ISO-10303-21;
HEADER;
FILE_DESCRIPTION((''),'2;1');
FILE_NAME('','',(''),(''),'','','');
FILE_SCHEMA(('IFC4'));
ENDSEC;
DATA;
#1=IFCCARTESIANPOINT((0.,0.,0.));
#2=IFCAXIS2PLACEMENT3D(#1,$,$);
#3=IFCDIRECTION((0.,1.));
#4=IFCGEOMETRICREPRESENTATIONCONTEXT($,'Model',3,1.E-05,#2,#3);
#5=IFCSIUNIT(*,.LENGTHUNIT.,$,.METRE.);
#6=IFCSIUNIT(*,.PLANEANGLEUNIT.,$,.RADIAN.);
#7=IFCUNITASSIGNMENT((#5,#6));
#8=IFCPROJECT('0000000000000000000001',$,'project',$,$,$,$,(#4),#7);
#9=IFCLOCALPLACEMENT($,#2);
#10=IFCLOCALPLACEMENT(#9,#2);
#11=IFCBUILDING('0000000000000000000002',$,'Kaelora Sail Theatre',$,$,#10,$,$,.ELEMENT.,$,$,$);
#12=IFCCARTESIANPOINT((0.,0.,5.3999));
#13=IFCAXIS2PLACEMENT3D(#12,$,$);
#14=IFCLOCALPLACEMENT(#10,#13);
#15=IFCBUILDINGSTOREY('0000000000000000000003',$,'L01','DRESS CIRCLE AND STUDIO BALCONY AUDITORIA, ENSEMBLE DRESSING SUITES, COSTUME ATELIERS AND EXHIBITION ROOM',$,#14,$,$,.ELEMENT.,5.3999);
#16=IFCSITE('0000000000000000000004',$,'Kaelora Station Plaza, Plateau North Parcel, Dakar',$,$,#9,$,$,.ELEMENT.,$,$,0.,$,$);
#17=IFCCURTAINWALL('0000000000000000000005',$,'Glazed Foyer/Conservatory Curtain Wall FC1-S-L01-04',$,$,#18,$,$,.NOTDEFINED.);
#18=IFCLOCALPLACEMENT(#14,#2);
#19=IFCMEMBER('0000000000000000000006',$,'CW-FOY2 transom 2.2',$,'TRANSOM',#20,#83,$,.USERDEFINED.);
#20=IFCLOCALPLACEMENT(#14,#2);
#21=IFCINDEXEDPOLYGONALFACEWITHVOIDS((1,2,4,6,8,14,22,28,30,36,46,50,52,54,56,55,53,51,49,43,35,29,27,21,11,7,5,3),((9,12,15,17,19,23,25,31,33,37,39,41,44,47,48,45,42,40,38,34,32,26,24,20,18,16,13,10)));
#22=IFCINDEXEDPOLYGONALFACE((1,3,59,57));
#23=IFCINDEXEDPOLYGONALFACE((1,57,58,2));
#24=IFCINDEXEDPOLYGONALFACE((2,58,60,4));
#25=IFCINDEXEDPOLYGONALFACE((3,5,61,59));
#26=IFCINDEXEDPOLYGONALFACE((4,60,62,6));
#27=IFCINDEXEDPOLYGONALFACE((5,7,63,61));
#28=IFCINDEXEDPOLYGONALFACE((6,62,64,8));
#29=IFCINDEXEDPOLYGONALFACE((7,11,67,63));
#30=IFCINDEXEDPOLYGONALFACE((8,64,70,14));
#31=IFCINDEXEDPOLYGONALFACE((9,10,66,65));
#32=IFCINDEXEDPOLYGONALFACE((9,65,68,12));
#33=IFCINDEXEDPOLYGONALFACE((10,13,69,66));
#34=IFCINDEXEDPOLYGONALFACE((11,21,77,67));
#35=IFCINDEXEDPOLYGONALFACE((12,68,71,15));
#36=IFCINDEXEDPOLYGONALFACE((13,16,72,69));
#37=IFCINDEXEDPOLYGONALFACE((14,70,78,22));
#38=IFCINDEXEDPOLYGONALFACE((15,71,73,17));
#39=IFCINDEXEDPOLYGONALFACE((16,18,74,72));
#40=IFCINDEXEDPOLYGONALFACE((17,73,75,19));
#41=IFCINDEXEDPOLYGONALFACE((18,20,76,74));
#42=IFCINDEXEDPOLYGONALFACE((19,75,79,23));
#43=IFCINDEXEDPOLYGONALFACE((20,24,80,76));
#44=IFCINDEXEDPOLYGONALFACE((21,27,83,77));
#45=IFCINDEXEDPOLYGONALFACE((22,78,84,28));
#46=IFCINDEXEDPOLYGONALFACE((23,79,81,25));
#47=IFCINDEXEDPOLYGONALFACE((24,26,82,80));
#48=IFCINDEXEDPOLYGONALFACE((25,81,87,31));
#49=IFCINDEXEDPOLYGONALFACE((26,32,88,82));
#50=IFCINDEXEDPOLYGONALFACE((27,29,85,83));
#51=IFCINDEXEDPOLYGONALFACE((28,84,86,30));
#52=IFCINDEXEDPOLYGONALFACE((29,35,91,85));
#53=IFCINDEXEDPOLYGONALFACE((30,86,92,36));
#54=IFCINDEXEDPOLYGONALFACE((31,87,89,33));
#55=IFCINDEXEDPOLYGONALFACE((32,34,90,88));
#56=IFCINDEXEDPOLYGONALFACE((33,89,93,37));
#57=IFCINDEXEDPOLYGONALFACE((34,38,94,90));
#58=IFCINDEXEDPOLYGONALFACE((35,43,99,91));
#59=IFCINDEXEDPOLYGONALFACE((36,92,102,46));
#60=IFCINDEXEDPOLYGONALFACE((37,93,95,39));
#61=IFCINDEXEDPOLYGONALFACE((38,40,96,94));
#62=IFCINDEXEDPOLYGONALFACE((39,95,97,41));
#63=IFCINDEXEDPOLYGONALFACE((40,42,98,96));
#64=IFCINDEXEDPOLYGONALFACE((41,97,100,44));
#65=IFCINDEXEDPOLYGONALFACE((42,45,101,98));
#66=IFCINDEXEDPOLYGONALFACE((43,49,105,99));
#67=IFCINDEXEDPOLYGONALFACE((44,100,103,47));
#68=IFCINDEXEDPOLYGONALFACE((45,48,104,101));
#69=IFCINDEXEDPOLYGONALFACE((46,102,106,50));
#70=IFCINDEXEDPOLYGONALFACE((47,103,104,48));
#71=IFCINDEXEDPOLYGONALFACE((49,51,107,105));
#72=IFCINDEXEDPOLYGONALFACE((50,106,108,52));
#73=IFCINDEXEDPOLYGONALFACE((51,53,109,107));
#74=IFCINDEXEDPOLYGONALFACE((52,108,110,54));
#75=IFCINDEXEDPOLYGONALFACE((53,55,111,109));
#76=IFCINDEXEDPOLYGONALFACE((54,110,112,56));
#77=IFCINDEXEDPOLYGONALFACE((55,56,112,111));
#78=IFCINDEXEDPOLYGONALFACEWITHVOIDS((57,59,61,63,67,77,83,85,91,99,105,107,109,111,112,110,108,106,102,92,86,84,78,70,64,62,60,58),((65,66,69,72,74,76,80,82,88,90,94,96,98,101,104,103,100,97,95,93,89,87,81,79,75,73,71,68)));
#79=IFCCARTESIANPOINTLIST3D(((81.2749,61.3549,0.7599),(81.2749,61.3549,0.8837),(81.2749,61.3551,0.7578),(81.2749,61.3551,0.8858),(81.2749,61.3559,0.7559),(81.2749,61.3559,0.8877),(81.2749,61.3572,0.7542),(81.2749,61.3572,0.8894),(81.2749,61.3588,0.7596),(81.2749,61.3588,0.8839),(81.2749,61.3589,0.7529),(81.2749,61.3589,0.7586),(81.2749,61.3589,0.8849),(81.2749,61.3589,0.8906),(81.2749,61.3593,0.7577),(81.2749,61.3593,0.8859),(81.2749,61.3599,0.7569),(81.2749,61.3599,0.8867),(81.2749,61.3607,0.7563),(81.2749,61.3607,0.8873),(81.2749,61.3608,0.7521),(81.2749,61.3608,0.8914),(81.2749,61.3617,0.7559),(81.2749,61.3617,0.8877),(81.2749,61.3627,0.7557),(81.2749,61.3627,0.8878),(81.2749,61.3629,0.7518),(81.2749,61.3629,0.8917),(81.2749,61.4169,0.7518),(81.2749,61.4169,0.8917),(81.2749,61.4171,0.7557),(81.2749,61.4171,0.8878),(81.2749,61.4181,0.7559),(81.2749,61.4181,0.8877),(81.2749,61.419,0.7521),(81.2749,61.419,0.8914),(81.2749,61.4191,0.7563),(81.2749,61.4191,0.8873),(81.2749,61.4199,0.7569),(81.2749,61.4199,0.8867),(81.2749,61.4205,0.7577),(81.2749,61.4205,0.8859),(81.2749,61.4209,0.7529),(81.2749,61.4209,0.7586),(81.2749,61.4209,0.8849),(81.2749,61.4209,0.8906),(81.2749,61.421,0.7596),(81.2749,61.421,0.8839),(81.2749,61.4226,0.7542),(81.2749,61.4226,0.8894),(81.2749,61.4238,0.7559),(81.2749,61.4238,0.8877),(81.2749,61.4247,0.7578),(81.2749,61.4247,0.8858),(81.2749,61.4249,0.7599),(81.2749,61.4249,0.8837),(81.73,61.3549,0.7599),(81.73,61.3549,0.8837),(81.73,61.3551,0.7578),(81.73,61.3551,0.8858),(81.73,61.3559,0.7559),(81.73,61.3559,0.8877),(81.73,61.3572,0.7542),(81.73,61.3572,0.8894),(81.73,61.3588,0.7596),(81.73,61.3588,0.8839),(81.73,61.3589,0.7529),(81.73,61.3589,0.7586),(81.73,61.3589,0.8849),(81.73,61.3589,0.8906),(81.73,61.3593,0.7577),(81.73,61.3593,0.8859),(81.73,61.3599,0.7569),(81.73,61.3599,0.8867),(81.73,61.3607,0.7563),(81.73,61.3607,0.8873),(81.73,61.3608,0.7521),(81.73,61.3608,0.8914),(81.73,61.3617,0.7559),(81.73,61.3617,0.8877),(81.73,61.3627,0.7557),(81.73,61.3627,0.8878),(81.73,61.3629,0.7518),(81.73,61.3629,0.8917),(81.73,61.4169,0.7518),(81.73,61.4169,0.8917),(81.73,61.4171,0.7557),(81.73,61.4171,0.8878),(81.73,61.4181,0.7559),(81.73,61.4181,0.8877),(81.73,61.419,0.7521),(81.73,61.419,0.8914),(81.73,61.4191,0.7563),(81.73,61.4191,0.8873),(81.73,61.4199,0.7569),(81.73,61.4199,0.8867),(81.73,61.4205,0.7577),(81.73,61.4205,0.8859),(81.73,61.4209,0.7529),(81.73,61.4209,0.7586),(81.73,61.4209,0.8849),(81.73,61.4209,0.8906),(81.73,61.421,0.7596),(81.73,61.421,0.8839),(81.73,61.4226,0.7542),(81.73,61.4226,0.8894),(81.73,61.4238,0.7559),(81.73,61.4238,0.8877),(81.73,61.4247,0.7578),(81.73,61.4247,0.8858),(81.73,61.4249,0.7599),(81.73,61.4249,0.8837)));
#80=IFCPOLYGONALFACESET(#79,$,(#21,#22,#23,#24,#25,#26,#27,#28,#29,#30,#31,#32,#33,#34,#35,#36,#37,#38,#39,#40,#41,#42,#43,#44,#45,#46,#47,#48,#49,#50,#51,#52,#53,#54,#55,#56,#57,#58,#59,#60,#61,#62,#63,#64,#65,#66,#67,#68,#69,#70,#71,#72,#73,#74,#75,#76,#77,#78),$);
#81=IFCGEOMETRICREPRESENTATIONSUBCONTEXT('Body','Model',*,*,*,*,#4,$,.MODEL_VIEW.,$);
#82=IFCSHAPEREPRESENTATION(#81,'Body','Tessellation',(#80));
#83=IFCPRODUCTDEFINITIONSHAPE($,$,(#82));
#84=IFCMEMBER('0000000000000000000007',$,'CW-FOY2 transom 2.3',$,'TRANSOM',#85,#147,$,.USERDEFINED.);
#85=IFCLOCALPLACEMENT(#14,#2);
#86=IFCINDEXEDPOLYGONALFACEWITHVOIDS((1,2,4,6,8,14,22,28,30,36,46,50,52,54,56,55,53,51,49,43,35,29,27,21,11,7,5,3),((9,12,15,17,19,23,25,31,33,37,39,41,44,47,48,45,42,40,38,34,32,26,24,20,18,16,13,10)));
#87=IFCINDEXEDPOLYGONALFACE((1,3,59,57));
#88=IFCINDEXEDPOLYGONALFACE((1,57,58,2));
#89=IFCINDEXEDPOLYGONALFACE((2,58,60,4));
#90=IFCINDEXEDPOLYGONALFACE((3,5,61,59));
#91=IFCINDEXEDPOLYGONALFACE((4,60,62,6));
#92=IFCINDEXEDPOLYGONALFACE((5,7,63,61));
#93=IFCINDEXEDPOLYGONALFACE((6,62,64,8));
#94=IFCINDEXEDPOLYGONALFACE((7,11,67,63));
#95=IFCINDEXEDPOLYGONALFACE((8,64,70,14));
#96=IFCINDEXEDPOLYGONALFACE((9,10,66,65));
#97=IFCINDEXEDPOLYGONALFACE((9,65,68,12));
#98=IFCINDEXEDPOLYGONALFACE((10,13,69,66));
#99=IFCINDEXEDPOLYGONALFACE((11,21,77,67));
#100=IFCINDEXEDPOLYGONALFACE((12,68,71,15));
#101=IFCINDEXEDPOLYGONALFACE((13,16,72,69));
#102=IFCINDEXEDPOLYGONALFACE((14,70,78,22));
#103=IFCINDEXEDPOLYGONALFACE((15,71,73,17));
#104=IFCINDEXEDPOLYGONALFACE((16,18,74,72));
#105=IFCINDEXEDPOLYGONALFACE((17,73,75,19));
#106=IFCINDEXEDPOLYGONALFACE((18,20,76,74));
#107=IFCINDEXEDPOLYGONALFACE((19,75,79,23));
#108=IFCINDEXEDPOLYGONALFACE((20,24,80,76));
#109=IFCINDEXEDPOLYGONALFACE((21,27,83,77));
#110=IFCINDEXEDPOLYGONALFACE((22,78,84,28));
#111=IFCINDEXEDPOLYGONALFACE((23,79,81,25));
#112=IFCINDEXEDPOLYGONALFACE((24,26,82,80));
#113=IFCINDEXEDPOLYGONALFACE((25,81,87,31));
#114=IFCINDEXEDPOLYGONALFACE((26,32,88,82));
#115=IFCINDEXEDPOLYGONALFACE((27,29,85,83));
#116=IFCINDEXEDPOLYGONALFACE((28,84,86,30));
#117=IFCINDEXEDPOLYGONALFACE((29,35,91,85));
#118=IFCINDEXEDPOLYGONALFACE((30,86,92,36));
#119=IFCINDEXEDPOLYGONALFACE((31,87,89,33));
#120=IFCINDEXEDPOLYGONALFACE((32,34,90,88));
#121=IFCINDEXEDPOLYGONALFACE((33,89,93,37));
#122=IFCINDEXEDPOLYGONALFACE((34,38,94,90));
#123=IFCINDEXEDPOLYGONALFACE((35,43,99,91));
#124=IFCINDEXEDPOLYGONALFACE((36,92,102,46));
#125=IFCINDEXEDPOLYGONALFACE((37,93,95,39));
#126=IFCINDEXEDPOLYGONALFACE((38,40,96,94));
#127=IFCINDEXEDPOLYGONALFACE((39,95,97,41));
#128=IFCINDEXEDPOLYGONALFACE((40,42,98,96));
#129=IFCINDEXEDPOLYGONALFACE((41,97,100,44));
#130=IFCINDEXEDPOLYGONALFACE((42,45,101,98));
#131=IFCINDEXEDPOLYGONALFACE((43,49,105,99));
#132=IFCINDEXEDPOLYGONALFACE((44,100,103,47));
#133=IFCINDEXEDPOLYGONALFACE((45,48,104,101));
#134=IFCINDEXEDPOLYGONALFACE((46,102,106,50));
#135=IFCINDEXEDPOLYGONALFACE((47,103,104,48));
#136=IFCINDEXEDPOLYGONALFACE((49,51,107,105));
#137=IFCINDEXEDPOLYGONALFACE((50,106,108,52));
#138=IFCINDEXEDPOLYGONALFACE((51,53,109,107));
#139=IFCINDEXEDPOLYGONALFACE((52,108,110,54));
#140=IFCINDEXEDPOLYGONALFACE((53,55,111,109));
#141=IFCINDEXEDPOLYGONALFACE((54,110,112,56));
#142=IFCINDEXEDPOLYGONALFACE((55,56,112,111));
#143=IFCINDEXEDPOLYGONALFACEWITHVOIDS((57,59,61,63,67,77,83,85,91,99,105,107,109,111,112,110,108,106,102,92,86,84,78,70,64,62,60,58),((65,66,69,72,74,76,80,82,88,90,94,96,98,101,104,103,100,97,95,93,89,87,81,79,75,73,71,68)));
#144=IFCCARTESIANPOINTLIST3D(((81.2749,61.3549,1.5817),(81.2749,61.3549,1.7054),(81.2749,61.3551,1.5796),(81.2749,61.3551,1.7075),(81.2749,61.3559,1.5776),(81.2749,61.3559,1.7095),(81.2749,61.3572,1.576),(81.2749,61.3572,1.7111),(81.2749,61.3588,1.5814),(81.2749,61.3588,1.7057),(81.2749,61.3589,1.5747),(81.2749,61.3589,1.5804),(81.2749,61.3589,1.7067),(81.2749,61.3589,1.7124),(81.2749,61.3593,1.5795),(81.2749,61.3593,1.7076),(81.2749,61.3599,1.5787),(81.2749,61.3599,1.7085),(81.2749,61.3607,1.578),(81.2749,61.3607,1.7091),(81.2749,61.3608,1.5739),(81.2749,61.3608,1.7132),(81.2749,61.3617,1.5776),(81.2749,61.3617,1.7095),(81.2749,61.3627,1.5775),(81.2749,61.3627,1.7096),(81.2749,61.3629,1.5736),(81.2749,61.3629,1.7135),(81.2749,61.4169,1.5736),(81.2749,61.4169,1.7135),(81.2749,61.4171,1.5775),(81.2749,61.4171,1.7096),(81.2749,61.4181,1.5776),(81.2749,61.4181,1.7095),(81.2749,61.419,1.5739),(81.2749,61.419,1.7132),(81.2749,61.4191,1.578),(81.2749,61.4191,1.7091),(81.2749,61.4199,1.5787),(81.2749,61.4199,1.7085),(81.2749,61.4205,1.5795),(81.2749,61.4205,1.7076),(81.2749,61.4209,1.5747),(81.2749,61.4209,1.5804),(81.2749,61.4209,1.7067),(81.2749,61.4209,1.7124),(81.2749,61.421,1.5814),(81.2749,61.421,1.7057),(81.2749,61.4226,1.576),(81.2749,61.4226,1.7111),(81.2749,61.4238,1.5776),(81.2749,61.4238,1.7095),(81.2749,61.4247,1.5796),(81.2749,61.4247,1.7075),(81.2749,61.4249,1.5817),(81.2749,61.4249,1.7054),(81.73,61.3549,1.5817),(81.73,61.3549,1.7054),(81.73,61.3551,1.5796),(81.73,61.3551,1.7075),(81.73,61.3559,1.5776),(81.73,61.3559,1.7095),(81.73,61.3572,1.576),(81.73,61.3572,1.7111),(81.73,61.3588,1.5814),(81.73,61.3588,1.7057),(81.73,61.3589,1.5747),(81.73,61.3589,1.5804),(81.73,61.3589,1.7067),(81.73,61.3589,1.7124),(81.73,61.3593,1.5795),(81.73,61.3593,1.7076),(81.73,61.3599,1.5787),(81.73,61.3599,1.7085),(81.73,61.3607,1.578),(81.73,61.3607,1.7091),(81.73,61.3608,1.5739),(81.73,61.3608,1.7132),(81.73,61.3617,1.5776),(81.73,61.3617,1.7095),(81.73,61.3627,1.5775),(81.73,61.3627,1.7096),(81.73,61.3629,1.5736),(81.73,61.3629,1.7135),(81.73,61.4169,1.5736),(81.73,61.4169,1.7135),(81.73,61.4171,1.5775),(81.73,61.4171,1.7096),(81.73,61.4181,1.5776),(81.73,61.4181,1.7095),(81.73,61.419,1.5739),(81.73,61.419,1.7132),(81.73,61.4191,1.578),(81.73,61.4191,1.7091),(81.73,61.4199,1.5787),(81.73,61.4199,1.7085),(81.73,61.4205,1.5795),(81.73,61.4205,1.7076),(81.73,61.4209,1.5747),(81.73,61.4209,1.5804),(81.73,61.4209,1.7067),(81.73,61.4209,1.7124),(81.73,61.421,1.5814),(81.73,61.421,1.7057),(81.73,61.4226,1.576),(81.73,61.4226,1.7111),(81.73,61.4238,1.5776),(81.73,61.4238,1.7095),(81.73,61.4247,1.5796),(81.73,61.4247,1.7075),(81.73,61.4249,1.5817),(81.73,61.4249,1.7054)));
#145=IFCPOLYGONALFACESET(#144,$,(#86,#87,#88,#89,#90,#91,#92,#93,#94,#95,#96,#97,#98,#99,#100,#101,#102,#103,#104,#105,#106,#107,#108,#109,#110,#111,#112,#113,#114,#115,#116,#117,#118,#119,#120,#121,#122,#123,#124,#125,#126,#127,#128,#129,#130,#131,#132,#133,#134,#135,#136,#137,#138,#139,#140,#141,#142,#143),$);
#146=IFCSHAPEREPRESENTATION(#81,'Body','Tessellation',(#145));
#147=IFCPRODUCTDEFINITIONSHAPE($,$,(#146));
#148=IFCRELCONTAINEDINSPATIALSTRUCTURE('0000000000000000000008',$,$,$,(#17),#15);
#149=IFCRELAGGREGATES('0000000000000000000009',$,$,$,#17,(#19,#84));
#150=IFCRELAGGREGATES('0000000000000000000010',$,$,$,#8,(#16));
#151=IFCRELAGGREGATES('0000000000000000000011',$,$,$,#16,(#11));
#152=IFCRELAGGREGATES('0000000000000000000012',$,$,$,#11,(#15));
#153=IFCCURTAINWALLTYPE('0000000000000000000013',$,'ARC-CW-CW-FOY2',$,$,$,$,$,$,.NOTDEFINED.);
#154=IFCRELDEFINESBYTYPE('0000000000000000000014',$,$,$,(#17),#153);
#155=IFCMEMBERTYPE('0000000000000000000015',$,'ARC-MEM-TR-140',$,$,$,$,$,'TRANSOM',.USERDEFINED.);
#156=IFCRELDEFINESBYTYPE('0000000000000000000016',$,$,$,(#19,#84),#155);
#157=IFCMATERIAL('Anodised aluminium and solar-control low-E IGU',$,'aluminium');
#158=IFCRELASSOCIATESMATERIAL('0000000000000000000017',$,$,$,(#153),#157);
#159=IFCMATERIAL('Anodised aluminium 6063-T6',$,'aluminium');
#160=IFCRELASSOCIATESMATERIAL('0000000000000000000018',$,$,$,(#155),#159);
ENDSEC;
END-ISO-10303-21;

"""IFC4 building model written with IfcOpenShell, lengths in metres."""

from ifc_helpers import new_model, si_unit, direction, frame, origin, origin_2d, place, context, subcontext, project, spatial, hollow_rectangle, extrude, material, material_profile, profile_set, type_object, element, aggregate, save


model = new_model("IFC4")

# Units and contexts
model_context = context("Model", 3, precision=1e-05, world=origin(), true_north=direction((0.0, 1.0)))
body_context = subcontext(model_context, "Body", "Model", "MODEL_VIEW")
ifc_project = project(units=[si_unit("LENGTHUNIT", "METRE"), si_unit("PLANEANGLEUNIT", "RADIAN")], contexts=[model_context])

# Site, building, storey
site_placement = place(None, origin())
site = spatial("IfcSite", under=ifc_project, at=site_placement, Name="Kaelora Station Plaza, Plateau North Parcel, Dakar", CompositionType="ELEMENT", RefElevation=0.0)
building_placement = place(site_placement, origin())
building = spatial("IfcBuilding", under=site, at=building_placement, Name="Kaelora Sail Theatre", CompositionType="ELEMENT")
storey_placement = place(building_placement, frame((0.0, 0.0, 5.3999)))
storey = spatial("IfcBuildingStorey", under=building, at=storey_placement, Name="L01", Description="DRESS CIRCLE AND STUDIO BALCONY AUDITORIA, ENSEMBLE DRESSING SUITES, COSTUME ATELIERS AND EXHIBITION ROOM", CompositionType="ELEMENT", Elevation=5.3999)

# Curtain wall
ifc_material_1 = material(Name="Anodised aluminium and solar-control low-E IGU", Category="aluminium")
curtain_wall_type = type_object("IfcCurtainWallType", Name="ARC-CW-CW-FOY2", PredefinedType="NOTDEFINED", material=ifc_material_1)
curtain_wall_1_placement = place(storey_placement, origin())
curtain_wall_1 = element("IfcCurtainWall", 1, at=curtain_wall_1_placement, inside=storey, type_object=curtain_wall_type, Name="Glazed Foyer/Conservatory Curtain Wall FC1-S-L01-04", PredefinedType="NOTDEFINED")

# Members
ifc_material_2 = material(Name="Anodised aluminium 6063-T6", Category="aluminium")
ifc_material_profile_1 = material_profile(ifc_material_2, hollow_rectangle(XDim=0.0701, YDim=0.1399, WallThickness=0.0039, InnerFilletRadius=0.0039, OuterFilletRadius=0.0081, at=origin_2d()), Name="ALU-TRAN 70x140x4")
ifc_profile_set_1 = profile_set([ifc_material_profile_1], Name="Anodised aluminium 6063-T6")
member_type_1 = type_object("IfcMemberType", Name="ARC-MEM-TR-140", ElementType="TRANSOM", PredefinedType="USERDEFINED", material=ifc_profile_set_1)
member_1_placement = place(storey_placement, frame((81.2749, 61.3899, 0.8218), z_axis=(1.0, 0.0, 0.0), x_axis=(0.0, 1.0, 0.0)))
member_1 = element("IfcMember", 2, at=member_1_placement, type_object=member_type_1, Name="CW-FOY2 transom 2.2", ObjectType="TRANSOM", PredefinedType="USERDEFINED", context=body_context, shape_type="SweptSolid", body=[
    extrude(hollow_rectangle(XDim=0.0701, YDim=0.1399, WallThickness=0.0039, InnerFilletRadius=0.0039, OuterFilletRadius=0.0081, at=origin_2d()), origin(), (0.0, 0.0, 1.0), 0.4551),
])
member_2_placement = place(storey_placement, frame((81.2749, 61.3899, 1.6436), z_axis=(1.0, 0.0, 0.0), x_axis=(0.0, 1.0, 0.0)))
member_2 = element("IfcMember", 3, at=member_2_placement, type_object=member_type_1, Name="CW-FOY2 transom 2.3", ObjectType="TRANSOM", PredefinedType="USERDEFINED", context=body_context, shape_type="SweptSolid", body=[
    extrude(hollow_rectangle(XDim=0.0701, YDim=0.1399, WallThickness=0.0039, InnerFilletRadius=0.0039, OuterFilletRadius=0.0081, at=origin_2d()), origin(), (0.0, 0.0, 1.0), 0.4551),
])

aggregate(curtain_wall_1, [member_1, member_2])

save(model, "model.ifc")
